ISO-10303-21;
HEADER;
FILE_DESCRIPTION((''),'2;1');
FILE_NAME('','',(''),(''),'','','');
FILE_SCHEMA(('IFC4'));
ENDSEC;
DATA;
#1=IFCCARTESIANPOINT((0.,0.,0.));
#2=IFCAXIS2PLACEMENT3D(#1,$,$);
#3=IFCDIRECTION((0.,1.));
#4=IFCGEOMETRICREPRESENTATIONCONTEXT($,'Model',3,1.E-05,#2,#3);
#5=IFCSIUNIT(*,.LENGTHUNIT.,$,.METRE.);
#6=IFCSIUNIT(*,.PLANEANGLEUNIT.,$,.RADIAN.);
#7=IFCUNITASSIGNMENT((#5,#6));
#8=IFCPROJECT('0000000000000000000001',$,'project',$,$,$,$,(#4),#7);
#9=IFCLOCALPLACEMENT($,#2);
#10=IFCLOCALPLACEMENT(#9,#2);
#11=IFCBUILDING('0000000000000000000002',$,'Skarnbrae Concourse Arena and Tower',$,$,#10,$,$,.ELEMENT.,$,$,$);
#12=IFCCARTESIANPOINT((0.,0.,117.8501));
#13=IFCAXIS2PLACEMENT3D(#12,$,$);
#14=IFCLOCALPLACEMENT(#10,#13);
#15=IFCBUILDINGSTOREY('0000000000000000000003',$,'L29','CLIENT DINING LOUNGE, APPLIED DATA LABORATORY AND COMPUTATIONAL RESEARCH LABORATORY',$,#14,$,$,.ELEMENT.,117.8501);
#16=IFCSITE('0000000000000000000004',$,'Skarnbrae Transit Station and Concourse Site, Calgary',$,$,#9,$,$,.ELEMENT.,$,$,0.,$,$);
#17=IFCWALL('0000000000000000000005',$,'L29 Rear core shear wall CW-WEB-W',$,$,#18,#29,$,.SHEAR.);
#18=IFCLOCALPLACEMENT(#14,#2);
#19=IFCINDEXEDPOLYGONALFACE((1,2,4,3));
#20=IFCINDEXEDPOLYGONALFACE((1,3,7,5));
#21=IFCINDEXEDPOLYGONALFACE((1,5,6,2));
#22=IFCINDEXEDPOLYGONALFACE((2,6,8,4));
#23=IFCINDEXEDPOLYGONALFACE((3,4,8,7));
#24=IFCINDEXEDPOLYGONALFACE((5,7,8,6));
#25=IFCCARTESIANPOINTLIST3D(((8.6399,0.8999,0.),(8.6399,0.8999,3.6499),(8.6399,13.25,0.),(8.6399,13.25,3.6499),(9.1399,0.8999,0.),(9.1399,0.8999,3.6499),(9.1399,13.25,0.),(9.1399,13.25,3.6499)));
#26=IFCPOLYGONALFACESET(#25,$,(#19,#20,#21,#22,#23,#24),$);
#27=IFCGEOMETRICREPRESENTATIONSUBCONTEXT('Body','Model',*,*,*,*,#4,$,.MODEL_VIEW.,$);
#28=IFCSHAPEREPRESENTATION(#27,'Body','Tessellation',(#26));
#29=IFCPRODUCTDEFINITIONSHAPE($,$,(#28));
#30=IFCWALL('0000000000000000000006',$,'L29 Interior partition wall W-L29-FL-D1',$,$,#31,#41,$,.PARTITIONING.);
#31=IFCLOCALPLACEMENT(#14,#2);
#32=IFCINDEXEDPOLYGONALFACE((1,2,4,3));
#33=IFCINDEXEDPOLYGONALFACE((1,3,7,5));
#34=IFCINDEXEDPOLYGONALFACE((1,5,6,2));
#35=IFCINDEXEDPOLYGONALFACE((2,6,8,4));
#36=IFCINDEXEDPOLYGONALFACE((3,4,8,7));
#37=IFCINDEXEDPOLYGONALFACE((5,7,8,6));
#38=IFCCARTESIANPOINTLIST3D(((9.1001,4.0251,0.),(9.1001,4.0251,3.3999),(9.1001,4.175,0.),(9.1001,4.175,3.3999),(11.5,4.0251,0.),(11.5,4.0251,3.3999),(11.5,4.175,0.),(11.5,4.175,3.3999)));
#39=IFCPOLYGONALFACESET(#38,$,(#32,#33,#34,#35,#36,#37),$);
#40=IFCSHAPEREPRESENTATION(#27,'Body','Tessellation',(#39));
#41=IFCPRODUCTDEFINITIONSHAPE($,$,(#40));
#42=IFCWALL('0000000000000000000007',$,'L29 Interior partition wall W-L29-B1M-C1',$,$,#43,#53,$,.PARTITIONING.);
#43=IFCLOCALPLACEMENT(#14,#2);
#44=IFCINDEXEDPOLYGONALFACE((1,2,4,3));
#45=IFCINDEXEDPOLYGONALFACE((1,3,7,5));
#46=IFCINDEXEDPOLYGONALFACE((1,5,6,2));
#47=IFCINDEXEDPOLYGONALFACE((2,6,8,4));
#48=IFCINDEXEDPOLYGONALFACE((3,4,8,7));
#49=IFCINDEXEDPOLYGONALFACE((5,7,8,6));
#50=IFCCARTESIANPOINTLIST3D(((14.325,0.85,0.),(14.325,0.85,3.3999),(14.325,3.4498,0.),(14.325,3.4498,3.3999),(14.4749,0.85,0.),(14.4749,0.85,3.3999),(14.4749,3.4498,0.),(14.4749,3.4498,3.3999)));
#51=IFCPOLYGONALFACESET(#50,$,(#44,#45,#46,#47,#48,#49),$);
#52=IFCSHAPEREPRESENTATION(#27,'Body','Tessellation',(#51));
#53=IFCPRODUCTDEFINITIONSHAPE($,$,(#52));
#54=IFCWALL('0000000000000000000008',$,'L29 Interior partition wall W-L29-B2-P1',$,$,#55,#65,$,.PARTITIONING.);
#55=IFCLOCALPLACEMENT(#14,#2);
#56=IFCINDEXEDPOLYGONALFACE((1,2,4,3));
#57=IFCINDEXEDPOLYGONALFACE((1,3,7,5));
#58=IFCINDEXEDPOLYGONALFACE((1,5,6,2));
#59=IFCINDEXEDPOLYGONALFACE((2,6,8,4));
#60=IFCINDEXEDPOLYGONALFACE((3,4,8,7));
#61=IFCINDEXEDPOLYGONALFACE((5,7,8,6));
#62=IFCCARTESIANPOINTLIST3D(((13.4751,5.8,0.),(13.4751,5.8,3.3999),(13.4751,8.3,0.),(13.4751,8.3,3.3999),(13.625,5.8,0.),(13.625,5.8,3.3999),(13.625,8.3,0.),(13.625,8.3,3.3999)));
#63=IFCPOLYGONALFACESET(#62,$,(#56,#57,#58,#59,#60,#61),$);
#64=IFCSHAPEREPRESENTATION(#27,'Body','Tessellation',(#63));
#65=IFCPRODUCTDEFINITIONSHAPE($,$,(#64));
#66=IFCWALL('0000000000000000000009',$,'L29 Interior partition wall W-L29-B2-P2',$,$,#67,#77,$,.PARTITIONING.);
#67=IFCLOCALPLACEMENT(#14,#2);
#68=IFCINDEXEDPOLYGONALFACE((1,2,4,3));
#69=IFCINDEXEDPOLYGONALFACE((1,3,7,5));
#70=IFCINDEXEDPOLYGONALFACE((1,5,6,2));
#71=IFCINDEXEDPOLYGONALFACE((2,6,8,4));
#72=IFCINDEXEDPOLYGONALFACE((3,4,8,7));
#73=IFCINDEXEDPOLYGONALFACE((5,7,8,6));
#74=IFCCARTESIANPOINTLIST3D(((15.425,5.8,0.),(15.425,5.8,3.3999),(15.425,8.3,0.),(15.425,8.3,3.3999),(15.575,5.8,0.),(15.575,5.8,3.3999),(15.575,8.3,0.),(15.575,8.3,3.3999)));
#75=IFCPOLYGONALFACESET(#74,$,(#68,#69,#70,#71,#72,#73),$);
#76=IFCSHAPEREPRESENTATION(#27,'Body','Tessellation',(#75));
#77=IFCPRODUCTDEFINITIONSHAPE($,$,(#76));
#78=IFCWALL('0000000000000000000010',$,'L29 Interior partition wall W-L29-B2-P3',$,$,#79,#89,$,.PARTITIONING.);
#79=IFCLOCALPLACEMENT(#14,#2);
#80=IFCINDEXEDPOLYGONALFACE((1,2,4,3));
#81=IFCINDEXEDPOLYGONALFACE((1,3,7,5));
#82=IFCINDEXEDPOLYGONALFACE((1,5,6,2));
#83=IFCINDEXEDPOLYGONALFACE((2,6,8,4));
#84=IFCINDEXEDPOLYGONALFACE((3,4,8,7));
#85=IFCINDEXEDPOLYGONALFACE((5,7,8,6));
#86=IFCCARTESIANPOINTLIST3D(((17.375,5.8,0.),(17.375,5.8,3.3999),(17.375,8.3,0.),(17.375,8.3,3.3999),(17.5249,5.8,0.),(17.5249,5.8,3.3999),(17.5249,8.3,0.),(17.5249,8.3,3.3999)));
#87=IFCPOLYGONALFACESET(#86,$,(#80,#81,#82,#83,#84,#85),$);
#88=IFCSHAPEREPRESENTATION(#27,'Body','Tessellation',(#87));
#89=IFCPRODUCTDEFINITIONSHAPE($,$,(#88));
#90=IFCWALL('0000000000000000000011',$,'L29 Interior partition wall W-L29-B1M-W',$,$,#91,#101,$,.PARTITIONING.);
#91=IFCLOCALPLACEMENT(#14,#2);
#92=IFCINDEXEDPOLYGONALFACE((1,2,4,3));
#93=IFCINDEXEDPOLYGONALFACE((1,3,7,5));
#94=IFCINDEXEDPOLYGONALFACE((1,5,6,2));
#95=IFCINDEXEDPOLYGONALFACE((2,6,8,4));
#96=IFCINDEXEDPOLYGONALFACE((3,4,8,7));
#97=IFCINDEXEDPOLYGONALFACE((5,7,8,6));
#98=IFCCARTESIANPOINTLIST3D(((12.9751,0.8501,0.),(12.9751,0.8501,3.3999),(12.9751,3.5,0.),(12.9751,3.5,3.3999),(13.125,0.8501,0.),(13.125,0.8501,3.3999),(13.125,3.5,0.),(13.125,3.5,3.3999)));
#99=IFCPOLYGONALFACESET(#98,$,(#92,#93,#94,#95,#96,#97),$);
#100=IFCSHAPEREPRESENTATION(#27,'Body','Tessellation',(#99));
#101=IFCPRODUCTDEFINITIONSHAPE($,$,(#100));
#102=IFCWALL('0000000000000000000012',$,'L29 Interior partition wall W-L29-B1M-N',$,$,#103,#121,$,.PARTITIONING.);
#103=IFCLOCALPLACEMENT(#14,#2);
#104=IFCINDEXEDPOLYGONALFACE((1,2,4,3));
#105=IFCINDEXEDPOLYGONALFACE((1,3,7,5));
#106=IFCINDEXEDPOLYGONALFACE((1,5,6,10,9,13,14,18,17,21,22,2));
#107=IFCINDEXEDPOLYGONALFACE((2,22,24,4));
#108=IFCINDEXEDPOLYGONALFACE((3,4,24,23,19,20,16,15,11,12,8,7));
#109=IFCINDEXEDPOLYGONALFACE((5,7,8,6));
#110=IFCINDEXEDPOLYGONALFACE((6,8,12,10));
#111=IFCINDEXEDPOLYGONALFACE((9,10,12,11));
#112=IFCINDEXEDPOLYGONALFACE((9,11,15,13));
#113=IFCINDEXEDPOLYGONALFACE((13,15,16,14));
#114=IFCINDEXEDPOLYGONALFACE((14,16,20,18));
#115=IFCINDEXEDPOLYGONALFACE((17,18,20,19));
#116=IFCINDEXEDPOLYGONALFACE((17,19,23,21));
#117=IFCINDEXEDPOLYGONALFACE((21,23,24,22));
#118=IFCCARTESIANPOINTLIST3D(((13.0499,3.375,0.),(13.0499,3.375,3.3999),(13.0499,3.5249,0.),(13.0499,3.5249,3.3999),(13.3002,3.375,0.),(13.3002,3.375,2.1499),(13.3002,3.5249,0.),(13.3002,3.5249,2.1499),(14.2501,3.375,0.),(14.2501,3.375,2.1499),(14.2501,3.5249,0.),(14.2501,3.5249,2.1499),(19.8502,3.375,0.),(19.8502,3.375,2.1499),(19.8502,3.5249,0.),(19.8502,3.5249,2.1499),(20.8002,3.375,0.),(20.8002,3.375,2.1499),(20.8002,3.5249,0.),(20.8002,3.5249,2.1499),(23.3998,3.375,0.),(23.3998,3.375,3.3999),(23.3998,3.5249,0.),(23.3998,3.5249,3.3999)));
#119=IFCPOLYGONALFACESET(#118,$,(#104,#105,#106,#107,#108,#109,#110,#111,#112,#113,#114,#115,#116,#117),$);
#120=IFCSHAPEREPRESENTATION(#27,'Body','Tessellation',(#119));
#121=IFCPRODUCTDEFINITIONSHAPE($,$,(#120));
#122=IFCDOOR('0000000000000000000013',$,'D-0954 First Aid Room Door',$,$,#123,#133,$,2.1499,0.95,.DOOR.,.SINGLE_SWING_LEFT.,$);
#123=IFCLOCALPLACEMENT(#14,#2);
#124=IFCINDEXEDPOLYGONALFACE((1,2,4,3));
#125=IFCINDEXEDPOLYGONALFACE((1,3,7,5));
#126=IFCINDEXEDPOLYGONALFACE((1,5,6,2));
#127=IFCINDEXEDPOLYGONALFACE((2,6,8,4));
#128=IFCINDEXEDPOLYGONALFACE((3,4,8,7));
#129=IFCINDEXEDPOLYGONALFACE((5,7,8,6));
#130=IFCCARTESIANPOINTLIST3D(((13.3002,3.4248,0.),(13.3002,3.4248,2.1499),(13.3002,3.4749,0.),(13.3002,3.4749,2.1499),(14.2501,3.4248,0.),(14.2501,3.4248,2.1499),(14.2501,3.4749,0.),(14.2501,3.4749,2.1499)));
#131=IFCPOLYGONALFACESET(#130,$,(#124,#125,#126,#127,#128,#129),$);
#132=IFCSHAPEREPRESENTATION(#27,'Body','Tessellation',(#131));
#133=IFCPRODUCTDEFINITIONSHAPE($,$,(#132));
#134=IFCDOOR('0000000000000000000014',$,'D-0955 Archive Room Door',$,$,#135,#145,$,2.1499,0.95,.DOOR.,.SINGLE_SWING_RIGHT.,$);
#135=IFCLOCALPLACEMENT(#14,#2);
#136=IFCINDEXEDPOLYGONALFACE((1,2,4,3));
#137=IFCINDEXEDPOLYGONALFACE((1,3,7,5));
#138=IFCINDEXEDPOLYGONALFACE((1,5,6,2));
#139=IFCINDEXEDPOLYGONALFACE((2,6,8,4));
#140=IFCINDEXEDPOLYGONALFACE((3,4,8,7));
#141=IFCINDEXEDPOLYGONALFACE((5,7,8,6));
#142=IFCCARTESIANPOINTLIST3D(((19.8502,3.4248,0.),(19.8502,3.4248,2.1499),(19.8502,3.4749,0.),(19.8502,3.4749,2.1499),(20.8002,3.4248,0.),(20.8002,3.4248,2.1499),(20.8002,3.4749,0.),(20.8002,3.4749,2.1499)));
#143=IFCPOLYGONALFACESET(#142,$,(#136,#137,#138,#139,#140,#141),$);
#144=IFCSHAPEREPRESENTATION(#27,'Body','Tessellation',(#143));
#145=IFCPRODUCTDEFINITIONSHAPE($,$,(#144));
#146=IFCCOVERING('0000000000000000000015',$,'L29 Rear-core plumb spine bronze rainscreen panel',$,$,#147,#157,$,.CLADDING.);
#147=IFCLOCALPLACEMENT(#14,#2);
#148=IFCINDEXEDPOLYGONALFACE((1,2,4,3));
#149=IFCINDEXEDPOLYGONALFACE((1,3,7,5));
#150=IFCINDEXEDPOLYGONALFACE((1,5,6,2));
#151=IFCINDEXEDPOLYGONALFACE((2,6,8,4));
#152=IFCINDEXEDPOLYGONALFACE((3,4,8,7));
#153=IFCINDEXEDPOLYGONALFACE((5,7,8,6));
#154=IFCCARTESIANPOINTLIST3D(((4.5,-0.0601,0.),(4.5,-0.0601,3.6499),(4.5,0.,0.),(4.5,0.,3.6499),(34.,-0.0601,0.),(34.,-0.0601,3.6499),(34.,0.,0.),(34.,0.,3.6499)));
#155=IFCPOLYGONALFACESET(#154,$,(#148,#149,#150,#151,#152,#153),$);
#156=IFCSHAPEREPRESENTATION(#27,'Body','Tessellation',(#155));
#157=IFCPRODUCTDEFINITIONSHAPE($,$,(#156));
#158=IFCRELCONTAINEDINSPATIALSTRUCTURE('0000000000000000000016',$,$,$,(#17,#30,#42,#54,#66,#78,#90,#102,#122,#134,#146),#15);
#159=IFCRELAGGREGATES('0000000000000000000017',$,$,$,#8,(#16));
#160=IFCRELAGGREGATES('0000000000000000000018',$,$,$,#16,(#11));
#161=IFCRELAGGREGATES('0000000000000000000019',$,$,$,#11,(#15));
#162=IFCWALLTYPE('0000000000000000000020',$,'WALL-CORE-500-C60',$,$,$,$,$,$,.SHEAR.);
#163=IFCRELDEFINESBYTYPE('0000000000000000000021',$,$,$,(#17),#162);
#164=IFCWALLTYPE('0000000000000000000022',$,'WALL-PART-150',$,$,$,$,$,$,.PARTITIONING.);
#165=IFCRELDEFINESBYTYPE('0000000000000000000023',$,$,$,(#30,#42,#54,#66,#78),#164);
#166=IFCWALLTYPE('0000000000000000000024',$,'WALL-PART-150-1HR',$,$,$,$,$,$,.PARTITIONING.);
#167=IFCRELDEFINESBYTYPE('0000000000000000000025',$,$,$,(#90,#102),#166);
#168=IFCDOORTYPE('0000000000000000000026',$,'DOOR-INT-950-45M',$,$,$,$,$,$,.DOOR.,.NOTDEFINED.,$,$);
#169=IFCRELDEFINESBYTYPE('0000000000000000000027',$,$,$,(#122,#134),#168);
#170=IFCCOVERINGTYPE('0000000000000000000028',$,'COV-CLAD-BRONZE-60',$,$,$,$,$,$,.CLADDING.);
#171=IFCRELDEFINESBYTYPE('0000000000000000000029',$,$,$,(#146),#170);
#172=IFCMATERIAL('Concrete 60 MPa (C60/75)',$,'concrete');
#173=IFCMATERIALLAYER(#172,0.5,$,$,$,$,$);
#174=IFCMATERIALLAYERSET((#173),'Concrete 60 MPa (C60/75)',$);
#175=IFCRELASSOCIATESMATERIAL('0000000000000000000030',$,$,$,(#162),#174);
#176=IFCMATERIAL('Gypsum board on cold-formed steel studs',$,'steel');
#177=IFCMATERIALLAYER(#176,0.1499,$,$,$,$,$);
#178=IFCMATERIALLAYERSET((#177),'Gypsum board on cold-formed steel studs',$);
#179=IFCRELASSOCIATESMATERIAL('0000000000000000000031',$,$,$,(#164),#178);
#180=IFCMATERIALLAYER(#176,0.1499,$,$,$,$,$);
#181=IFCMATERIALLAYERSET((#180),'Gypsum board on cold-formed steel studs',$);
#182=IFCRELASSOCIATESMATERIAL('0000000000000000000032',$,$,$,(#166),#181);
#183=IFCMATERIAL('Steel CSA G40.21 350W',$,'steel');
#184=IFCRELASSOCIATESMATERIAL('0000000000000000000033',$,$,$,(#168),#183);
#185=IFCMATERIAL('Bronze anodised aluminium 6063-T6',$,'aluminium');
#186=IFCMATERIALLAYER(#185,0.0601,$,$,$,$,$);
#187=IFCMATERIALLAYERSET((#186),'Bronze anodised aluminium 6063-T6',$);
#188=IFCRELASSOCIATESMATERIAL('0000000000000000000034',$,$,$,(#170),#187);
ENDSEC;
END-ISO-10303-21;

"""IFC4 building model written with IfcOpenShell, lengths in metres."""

from ifc_helpers import new_model, si_unit, direction, frame, frame_2d, origin, origin_2d, place, context, subcontext, project, spatial, rectangle, extrude, source, transform, mapped, material, layer, layer_set, type_object, element, fill, save


model = new_model("IFC4")

# Units and contexts
model_context = context("Model", 3, precision=1e-05, world=origin(), true_north=direction((0.0, 1.0)))
body_context = subcontext(model_context, "Body", "Model", "MODEL_VIEW")
ifc_project = project(units=[si_unit("LENGTHUNIT", "METRE"), si_unit("PLANEANGLEUNIT", "RADIAN")], contexts=[model_context])

# Site, building, storey
site_placement = place(None, origin())
site = spatial("IfcSite", under=ifc_project, at=site_placement, Name="Skarnbrae Transit Station and Concourse Site, Calgary", CompositionType="ELEMENT", RefElevation=0.0)
building_placement = place(site_placement, origin())
building = spatial("IfcBuilding", under=site, at=building_placement, Name="Skarnbrae Concourse Arena and Tower", CompositionType="ELEMENT")
storey_placement = place(building_placement, frame((0.0, 0.0, 117.8501)))
storey = spatial("IfcBuildingStorey", under=building, at=storey_placement, Name="L29", Description="CLIENT DINING LOUNGE, APPLIED DATA LABORATORY AND COMPUTATIONAL RESEARCH LABORATORY", CompositionType="ELEMENT", Elevation=117.8501)

# Wall
ifc_material_1 = material(Name="Concrete 60 MPa (C60/75)", Category="concrete")
ifc_layer_1 = layer(ifc_material_1, 0.5)
ifc_layer_set_1 = layer_set([ifc_layer_1], Name="Concrete 60 MPa (C60/75)")
wall_type_1 = type_object("IfcWallType", Name="WALL-CORE-500-C60", PredefinedType="SHEAR", material=ifc_layer_set_1)
shared_shape_1 = source(origin(), body_context, "Body", "SweptSolid", [
    extrude(rectangle(XDim=12.3501, YDim=0.5, at=frame_2d((6.175, 0.0))), origin(), (0.0, 0.0, 1.0), 3.6499),
])
wall_1_placement = place(storey_placement, frame((8.8899, 0.8999, 0.0), z_axis=(0.0, 0.0, 1.0), x_axis=(0.0, 1.0, 0.0)))
element("IfcWall", 1, at=wall_1_placement, inside=storey, type_object=wall_type_1, Name="L29 Rear core shear wall CW-WEB-W", PredefinedType="SHEAR", context=body_context, shape_type="MappedRepresentation", body=[
    mapped(shared_shape_1, transform((0.0, 0.0, 0.0))),
])

# Shared definitions
ifc_material_2 = material(Name="Gypsum board on cold-formed steel studs", Category="steel")
ifc_material_3 = material(Name="Steel CSA G40.21 350W", Category="steel")

# Walls
ifc_layer_2 = layer(ifc_material_2, 0.1499)
ifc_layer_set_2 = layer_set([ifc_layer_2], Name="Gypsum board on cold-formed steel studs")
wall_type_2 = type_object("IfcWallType", Name="WALL-PART-150", PredefinedType="PARTITIONING", material=ifc_layer_set_2)
shared_shape_2 = source(origin(), body_context, "Body", "SweptSolid", [
    extrude(rectangle(XDim=2.3999, YDim=0.1499, at=frame_2d((1.2, 0.0))), origin(), (0.0, 0.0, 1.0), 3.3999),
])
wall_2_placement = place(storey_placement, frame((9.1001, 4.1001, 0.0), z_axis=(0.0, 0.0, 1.0), x_axis=(1.0, 0.0, 0.0)))
element("IfcWall", 2, at=wall_2_placement, inside=storey, type_object=wall_type_2, Name="L29 Interior partition wall W-L29-FL-D1", PredefinedType="PARTITIONING", context=body_context, shape_type="MappedRepresentation", body=[
    mapped(shared_shape_2, transform((0.0, 0.0, 0.0))),
])
shared_shape_3 = source(origin(), body_context, "Body", "SweptSolid", [
    extrude(rectangle(XDim=2.5999, YDim=0.1499, at=frame_2d((1.2998, 0.0))), origin(), (0.0, 0.0, 1.0), 3.3999),
])
wall_3_placement = place(storey_placement, frame((14.3999, 0.8501, 0.0), z_axis=(0.0, 0.0, 1.0), x_axis=(0.0, 1.0, 0.0)))
element("IfcWall", 3, at=wall_3_placement, inside=storey, type_object=wall_type_2, Name="L29 Interior partition wall W-L29-B1M-C1", PredefinedType="PARTITIONING", context=body_context, shape_type="MappedRepresentation", body=[
    mapped(shared_shape_3, transform((0.0, 0.0, 0.0))),
])

# Shared definitions
ifc_material_4 = material(Name="Bronze anodised aluminium 6063-T6", Category="aluminium")

# Walls
shared_shape_4 = source(origin(), body_context, "Body", "SweptSolid", [
    extrude(rectangle(XDim=2.5, YDim=0.1499, at=frame_2d((1.25, 0.0))), origin(), (0.0, 0.0, 1.0), 3.3999),
])
for number, where, z_axis, x_axis, name in (
    (4, (13.55, 5.8, 0.0), (0.0, 0.0, 1.0), (0.0, 1.0, 0.0), "L29 Interior partition wall W-L29-B2-P1"),
    (5, (15.5, 5.8, 0.0), (0.0, 0.0, 1.0), (0.0, 1.0, 0.0), "L29 Interior partition wall W-L29-B2-P2"),
    (6, (17.45, 5.8, 0.0), (0.0, 0.0, 1.0), (0.0, 1.0, 0.0), "L29 Interior partition wall W-L29-B2-P3"),
):
    element("IfcWall", number, at=place(storey_placement, frame(where, z_axis=z_axis, x_axis=x_axis)), inside=storey, type_object=wall_type_2, Name=name, PredefinedType="PARTITIONING", context=body_context, shape_type="MappedRepresentation", body=[
        mapped(shared_shape_4, transform((0.0, 0.0, 0.0))),
    ])
ifc_layer_3 = layer(ifc_material_2, 0.1499)
ifc_layer_set_3 = layer_set([ifc_layer_3], Name="Gypsum board on cold-formed steel studs")
wall_type_3 = type_object("IfcWallType", Name="WALL-PART-150-1HR", PredefinedType="PARTITIONING", material=ifc_layer_set_3)
shared_shape_5 = source(origin(), body_context, "Body", "SweptSolid", [
    extrude(rectangle(XDim=2.6499, YDim=0.1499, at=frame_2d((1.325, 0.0))), origin(), (0.0, 0.0, 1.0), 3.3999),
])
wall_4_placement = place(storey_placement, frame((13.05, 0.8501, 0.0), z_axis=(0.0, 0.0, 1.0), x_axis=(0.0, 1.0, 0.0)))
element("IfcWall", 7, at=wall_4_placement, inside=storey, type_object=wall_type_3, Name="L29 Interior partition wall W-L29-B1M-W", PredefinedType="PARTITIONING", context=body_context, shape_type="MappedRepresentation", body=[
    mapped(shared_shape_5, transform((0.0, 0.0, 0.0))),
])

# Wall, openings, doors
shared_shape_6 = source(origin(), body_context, "Body", "SweptSolid", [
    extrude(rectangle(XDim=10.3499, YDim=0.1499, at=frame_2d((5.1748, 0.0))), origin(), (0.0, 0.0, 1.0), 3.3999),
])
wall_5_placement = place(storey_placement, frame((13.05, 3.45, 0.0), z_axis=(0.0, 0.0, 1.0), x_axis=(1.0, 0.0, 0.0)))
wall_5 = element("IfcWall", 8, at=wall_5_placement, inside=storey, type_object=wall_type_3, Name="L29 Interior partition wall W-L29-B1M-N", PredefinedType="PARTITIONING", context=body_context, shape_type="MappedRepresentation", body=[
    mapped(shared_shape_6, transform((0.0, 0.0, 0.0))),
])
opening_1_placement = place(wall_5_placement, frame((0.25, 0.0, 0.0)))
opening_1 = element("IfcOpeningElement", 9, at=opening_1_placement, cuts=wall_5, PredefinedType="OPENING", context=body_context, shape_type="SweptSolid", body=[
    extrude(rectangle(XDim=0.95, YDim=2.1499, at=frame_2d((0.4751, 1.075))), frame((0.0, 0.085, 0.0), z_axis=(0.0, -1.0, 0.0), x_axis=(1.0, 0.0, 0.0)), (0.0, 0.0, 1.0), 0.1699),
])
opening_2_placement = place(wall_5_placement, frame((6.8, 0.0, 0.0)))
opening_2 = element("IfcOpeningElement", 10, at=opening_2_placement, cuts=wall_5, PredefinedType="OPENING", context=body_context, shape_type="SweptSolid", body=[
    extrude(rectangle(XDim=0.95, YDim=2.1499, at=frame_2d((0.4751, 1.075))), frame((0.0, 0.085, 0.0), z_axis=(0.0, -1.0, 0.0), x_axis=(1.0, 0.0, 0.0)), (0.0, 0.0, 1.0), 0.1699),
])
door_type_1 = type_object("IfcDoorType", Name="DOOR-INT-950-45M", OperationType="NOTDEFINED", PredefinedType="DOOR", material=ifc_material_3)
shared_shape_7 = source(origin(), body_context, "Body", "SweptSolid", [
    extrude(rectangle(XDim=0.95, YDim=2.1499, at=frame_2d((0.4751, 1.075))), frame((0.0, 0.0249, 0.0), z_axis=(0.0, -1.0, 0.0), x_axis=(1.0, 0.0, 0.0)), (0.0, 0.0, 1.0), 0.05),
])
door_1_placement = place(opening_1_placement, origin())
door_1 = element("IfcDoor", 11, at=door_1_placement, inside=storey, type_object=door_type_1, Name="D-0954 First Aid Room Door", OperationType="SINGLE_SWING_LEFT", OverallHeight=2.1499, OverallWidth=0.95, PredefinedType="DOOR", context=body_context, shape_type="MappedRepresentation", body=[
    mapped(shared_shape_7, transform((0.0, 0.0, 0.0))),
])
fill(opening_1, door_1)
door_2_placement = place(opening_2_placement, origin())
door_2 = element("IfcDoor", 12, at=door_2_placement, inside=storey, type_object=door_type_1, Name="D-0955 Archive Room Door", OperationType="SINGLE_SWING_RIGHT", OverallHeight=2.1499, OverallWidth=0.95, PredefinedType="DOOR", context=body_context, shape_type="MappedRepresentation", body=[
    mapped(shared_shape_7, transform((0.0, 0.0, 0.0))),
])
fill(opening_2, door_2)

# Covering
ifc_layer_4 = layer(ifc_material_4, 0.0601)
ifc_layer_set_4 = layer_set([ifc_layer_4], Name="Bronze anodised aluminium 6063-T6")
covering_type = type_object("IfcCoveringType", Name="COV-CLAD-BRONZE-60", PredefinedType="CLADDING", material=ifc_layer_set_4)
shared_shape_8 = source(origin(), body_context, "Body", "SweptSolid", [
    extrude(rectangle(XDim=29.5, YDim=0.0601, at=origin_2d()), origin(), (0.0, 0.0, 1.0), 3.6499),
])
covering_placement = place(storey_placement, frame((19.25, -0.03, 0.0), z_axis=(0.0, 0.0, 1.0), x_axis=(1.0, 0.0, 0.0)))
element("IfcCovering", 13, at=covering_placement, inside=storey, type_object=covering_type, Name="L29 Rear-core plumb spine bronze rainscreen panel", PredefinedType="CLADDING", context=body_context, shape_type="MappedRepresentation", body=[
    mapped(shared_shape_8, transform((0.0, 0.0, 0.0))),
])

save(model, "model.ifc")
